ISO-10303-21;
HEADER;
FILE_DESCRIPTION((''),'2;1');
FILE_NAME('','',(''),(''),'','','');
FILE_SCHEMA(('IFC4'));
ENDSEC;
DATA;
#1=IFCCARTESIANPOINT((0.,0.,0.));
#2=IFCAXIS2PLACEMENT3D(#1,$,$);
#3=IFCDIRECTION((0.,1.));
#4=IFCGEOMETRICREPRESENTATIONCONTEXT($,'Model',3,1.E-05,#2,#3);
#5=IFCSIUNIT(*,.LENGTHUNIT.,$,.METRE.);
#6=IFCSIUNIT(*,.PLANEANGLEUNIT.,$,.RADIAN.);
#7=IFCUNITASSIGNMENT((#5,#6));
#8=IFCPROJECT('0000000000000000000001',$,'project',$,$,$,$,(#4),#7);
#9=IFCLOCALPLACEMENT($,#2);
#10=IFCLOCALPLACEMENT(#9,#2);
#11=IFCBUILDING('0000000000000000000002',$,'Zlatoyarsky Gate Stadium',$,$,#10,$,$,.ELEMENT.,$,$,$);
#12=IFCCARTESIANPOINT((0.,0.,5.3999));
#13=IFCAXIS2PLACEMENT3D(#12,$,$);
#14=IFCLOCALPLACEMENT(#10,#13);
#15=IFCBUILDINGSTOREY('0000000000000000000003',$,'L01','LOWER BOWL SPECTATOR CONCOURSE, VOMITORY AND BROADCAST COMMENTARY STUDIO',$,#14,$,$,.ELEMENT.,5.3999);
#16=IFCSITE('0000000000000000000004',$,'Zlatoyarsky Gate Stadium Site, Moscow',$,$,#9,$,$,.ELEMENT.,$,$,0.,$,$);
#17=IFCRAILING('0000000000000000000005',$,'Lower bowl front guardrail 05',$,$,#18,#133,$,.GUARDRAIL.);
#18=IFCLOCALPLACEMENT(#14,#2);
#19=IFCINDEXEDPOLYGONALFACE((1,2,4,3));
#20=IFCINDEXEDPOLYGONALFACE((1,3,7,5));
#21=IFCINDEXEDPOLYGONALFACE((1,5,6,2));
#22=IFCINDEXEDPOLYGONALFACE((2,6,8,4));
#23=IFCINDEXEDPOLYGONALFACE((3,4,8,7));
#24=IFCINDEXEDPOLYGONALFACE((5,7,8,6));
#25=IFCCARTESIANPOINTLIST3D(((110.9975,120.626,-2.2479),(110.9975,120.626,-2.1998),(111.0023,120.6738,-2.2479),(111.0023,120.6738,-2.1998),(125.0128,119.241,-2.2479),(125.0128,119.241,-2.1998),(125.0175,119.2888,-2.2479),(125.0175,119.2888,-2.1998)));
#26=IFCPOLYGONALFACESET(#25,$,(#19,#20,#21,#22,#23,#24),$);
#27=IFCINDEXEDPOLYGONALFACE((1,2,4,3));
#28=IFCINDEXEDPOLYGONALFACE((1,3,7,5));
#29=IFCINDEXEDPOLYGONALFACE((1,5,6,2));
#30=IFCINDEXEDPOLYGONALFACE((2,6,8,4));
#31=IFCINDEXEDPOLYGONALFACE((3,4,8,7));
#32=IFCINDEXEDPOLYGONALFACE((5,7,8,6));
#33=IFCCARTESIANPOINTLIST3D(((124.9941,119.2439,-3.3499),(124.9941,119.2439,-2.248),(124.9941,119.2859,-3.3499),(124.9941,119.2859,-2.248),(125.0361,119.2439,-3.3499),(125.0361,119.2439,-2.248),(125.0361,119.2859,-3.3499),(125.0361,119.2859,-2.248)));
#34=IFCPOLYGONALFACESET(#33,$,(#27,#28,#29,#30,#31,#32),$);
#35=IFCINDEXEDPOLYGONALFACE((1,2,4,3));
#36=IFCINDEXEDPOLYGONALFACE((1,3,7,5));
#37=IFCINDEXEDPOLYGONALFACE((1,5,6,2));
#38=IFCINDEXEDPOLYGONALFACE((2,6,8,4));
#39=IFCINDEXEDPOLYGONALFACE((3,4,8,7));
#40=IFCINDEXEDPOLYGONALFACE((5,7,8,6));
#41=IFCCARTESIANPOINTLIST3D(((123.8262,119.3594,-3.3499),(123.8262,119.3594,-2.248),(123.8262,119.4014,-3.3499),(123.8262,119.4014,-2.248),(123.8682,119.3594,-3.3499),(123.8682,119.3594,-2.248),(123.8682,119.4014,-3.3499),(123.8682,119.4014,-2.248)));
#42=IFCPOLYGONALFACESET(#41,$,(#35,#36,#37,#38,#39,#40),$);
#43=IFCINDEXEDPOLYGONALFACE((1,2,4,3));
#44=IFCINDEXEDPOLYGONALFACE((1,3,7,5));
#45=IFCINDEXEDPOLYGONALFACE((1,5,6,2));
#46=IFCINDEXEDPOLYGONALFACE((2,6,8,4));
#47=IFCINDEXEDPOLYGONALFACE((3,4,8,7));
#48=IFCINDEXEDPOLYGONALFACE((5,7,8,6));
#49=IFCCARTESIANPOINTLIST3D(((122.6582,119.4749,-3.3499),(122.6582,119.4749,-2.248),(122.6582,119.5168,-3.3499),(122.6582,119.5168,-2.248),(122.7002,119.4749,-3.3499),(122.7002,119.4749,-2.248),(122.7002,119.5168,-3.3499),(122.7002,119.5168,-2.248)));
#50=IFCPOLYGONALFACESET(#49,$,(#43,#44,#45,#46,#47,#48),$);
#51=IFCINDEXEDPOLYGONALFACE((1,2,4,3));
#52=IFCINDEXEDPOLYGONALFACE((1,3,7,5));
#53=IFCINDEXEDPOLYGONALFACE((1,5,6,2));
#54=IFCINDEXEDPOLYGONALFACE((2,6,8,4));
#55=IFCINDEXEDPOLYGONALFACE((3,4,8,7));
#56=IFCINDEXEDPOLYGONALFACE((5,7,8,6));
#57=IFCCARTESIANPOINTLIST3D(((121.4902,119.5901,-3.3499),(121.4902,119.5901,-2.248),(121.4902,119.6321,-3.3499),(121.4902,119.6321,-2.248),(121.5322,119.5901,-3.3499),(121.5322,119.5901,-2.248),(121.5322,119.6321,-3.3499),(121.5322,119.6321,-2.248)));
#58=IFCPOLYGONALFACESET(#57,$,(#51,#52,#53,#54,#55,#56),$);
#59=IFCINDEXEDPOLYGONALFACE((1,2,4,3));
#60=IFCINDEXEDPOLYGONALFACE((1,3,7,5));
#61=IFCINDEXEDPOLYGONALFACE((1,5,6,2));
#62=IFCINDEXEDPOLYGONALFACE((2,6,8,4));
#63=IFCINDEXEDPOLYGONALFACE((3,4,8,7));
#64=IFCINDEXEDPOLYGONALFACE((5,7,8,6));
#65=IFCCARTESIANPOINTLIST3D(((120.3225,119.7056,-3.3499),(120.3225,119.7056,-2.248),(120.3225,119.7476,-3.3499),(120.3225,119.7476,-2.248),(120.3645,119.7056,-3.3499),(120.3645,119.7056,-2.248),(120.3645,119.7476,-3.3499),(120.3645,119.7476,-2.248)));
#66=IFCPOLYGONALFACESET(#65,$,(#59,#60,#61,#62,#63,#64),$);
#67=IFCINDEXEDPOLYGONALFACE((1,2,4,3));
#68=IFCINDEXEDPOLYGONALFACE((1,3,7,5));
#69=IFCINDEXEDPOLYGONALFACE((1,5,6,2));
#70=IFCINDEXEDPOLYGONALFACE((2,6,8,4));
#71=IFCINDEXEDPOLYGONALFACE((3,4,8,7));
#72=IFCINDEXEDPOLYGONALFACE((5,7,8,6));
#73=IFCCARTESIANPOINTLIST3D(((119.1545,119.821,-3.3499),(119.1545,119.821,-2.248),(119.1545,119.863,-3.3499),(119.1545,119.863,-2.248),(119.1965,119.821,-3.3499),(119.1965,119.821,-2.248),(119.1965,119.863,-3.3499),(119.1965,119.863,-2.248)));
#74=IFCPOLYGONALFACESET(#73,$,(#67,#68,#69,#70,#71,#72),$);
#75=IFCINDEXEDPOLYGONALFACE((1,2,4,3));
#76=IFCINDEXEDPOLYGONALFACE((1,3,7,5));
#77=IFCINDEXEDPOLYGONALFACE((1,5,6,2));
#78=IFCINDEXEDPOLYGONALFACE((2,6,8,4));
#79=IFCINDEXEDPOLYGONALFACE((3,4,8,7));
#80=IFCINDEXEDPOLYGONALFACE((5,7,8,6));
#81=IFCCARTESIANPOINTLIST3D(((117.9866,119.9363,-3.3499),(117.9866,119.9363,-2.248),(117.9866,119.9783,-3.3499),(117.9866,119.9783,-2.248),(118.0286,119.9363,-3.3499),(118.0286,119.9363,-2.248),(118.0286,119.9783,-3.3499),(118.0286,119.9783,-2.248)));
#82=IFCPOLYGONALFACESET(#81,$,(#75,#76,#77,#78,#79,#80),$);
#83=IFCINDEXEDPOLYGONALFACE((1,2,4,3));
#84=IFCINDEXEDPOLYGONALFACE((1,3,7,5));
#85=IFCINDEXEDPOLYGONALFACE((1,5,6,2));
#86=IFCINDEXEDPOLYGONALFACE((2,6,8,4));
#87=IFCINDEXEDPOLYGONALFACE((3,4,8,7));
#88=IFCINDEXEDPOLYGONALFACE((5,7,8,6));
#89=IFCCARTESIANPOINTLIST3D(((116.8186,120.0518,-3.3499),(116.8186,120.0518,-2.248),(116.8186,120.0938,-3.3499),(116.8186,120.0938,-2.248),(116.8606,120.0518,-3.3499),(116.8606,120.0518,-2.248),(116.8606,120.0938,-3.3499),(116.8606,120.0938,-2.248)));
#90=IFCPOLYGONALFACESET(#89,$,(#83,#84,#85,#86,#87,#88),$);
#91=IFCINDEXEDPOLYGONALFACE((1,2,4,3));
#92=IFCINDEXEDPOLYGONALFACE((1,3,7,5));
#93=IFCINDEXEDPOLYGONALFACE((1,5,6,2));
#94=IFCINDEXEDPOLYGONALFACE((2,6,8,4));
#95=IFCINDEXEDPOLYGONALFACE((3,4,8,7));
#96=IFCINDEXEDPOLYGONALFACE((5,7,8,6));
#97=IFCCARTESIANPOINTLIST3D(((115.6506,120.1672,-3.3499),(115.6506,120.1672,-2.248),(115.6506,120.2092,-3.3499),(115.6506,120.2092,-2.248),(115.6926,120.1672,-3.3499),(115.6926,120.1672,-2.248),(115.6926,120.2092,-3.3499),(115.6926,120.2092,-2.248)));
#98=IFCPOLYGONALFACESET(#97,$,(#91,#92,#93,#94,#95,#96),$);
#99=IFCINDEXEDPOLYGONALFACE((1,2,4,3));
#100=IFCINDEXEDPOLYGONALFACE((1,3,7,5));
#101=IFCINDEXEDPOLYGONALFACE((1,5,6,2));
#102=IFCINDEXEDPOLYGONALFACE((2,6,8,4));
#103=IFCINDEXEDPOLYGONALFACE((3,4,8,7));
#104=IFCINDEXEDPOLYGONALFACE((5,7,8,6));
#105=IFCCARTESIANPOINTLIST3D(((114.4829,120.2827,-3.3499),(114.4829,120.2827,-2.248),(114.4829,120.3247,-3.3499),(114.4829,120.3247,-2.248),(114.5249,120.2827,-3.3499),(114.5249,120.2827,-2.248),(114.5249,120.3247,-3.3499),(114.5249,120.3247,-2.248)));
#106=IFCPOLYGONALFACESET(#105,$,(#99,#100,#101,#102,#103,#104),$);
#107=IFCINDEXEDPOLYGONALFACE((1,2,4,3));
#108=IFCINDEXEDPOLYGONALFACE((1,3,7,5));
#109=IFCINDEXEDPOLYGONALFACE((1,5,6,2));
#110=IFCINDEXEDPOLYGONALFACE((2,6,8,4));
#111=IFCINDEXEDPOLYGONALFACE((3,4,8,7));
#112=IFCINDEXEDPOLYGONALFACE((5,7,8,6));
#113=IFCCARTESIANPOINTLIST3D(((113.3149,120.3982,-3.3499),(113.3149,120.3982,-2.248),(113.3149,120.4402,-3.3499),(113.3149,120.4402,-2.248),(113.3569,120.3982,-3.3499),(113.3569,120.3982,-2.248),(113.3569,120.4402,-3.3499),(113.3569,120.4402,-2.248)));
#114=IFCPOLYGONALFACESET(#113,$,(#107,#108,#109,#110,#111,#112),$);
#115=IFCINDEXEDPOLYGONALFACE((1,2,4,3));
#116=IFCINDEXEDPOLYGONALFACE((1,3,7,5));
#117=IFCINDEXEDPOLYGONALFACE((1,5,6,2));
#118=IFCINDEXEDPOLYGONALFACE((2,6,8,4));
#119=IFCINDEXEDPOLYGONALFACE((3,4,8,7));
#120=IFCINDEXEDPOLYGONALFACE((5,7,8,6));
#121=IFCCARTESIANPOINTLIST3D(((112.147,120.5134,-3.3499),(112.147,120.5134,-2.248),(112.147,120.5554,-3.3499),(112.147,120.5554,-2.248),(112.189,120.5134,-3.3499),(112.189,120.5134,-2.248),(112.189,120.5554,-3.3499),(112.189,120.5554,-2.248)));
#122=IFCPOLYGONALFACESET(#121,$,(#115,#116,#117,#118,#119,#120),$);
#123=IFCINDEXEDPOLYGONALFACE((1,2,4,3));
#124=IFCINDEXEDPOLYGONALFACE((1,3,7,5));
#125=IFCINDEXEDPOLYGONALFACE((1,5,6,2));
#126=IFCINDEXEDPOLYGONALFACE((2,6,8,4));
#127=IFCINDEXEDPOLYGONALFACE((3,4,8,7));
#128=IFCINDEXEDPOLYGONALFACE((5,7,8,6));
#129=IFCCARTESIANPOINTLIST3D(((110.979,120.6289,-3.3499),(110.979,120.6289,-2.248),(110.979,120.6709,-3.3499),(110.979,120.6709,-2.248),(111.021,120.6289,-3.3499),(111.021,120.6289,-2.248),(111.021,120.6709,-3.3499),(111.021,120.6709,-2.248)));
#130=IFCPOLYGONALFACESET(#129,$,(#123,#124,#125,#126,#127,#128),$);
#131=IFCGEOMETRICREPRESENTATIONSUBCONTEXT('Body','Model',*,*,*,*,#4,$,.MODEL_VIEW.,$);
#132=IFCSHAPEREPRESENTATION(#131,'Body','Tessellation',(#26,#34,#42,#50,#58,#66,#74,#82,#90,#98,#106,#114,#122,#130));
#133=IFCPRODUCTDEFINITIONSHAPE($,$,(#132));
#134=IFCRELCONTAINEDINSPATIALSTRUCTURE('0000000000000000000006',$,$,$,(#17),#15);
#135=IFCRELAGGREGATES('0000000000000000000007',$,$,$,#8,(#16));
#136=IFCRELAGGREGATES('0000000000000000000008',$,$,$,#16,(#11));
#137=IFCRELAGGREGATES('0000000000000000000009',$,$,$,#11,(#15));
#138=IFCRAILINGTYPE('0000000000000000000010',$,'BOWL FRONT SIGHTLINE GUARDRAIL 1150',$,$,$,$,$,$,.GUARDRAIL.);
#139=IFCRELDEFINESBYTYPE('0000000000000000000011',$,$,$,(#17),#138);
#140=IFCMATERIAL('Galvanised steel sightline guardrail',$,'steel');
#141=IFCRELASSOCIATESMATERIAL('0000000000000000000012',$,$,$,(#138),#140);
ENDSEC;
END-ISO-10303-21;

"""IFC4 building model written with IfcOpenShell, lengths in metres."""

from ifc_helpers import new_model, si_unit, direction, frame, origin, origin_2d, place, context, subcontext, project, spatial, rectangle, extrude, material, type_object, element, save


model = new_model("IFC4")

# Units and contexts
model_context = context("Model", 3, precision=1e-05, world=origin(), true_north=direction((0.0, 1.0)))
body_context = subcontext(model_context, "Body", "Model", "MODEL_VIEW")
ifc_project = project(units=[si_unit("LENGTHUNIT", "METRE"), si_unit("PLANEANGLEUNIT", "RADIAN")], contexts=[model_context])

# Site, building, storey
site_placement = place(None, origin())
site = spatial("IfcSite", under=ifc_project, at=site_placement, Name="Zlatoyarsky Gate Stadium Site, Moscow", CompositionType="ELEMENT", RefElevation=0.0)
building_placement = place(site_placement, origin())
building = spatial("IfcBuilding", under=site, at=building_placement, Name="Zlatoyarsky Gate Stadium", CompositionType="ELEMENT")
storey_placement = place(building_placement, frame((0.0, 0.0, 5.3999)))
storey = spatial("IfcBuildingStorey", under=building, at=storey_placement, Name="L01", Description="LOWER BOWL SPECTATOR CONCOURSE, VOMITORY AND BROADCAST COMMENTARY STUDIO", CompositionType="ELEMENT", Elevation=5.3999)

# Railing
ifc_material_1 = material(Name="Galvanised steel sightline guardrail", Category="steel")
railing_type_1 = type_object("IfcRailingType", Name="BOWL FRONT SIGHTLINE GUARDRAIL 1150", PredefinedType="GUARDRAIL", material=ifc_material_1)
railing_1_placement = place(storey_placement, frame((125.0151, 119.2649, -3.3499)))
element("IfcRailing", 1, at=railing_1_placement, inside=storey, type_object=railing_type_1, Name="Lower bowl front guardrail 05", PredefinedType="GUARDRAIL", context=body_context, shape_type="SweptSolid", body=[
    extrude(rectangle(XDim=0.0481, YDim=0.0481, at=origin_2d()), frame((0.0, 0.0, 1.126), z_axis=(-0.995153, 0.098343, 0.0), x_axis=(-0.098343, -0.995153, 0.0)), (0.0, 0.0, 1.0), 14.0835),
    extrude(rectangle(XDim=0.042, YDim=0.042, at=origin_2d()), origin(), (0.0, 0.0, 1.0), 1.1018),
    extrude(rectangle(XDim=0.042, YDim=0.042, at=origin_2d()), frame((-1.168, 0.1155, 0.0)), (0.0, 0.0, 1.0), 1.1018),
    extrude(rectangle(XDim=0.042, YDim=0.042, at=origin_2d()), frame((-2.3359, 0.231, 0.0)), (0.0, 0.0, 1.0), 1.1018),
    extrude(rectangle(XDim=0.042, YDim=0.042, at=origin_2d()), frame((-3.5039, 0.3462, 0.0)), (0.0, 0.0, 1.0), 1.1018),
    extrude(rectangle(XDim=0.042, YDim=0.042, at=origin_2d()), frame((-4.6716, 0.4617, 0.0)), (0.0, 0.0, 1.0), 1.1018),
    extrude(rectangle(XDim=0.042, YDim=0.042, at=origin_2d()), frame((-5.8396, 0.5771, 0.0)), (0.0, 0.0, 1.0), 1.1018),
    extrude(rectangle(XDim=0.042, YDim=0.042, at=origin_2d()), frame((-7.0076, 0.6924, 0.0)), (0.0, 0.0, 1.0), 1.1018),
    extrude(rectangle(XDim=0.042, YDim=0.042, at=origin_2d()), frame((-8.1755, 0.8079, 0.0)), (0.0, 0.0, 1.0), 1.1018),
    extrude(rectangle(XDim=0.042, YDim=0.042, at=origin_2d()), frame((-9.3435, 0.9233, 0.0)), (0.0, 0.0, 1.0), 1.1018),
    extrude(rectangle(XDim=0.042, YDim=0.042, at=origin_2d()), frame((-10.5112, 1.0388, 0.0)), (0.0, 0.0, 1.0), 1.1018),
    extrude(rectangle(XDim=0.042, YDim=0.042, at=origin_2d()), frame((-11.6792, 1.1543, 0.0)), (0.0, 0.0, 1.0), 1.1018),
    extrude(rectangle(XDim=0.042, YDim=0.042, at=origin_2d()), frame((-12.8472, 1.2695, 0.0)), (0.0, 0.0, 1.0), 1.1018),
    extrude(rectangle(XDim=0.042, YDim=0.042, at=origin_2d()), frame((-14.0151, 1.385, 0.0)), (0.0, 0.0, 1.0), 1.1018),
])

save(model, "model.ifc")
